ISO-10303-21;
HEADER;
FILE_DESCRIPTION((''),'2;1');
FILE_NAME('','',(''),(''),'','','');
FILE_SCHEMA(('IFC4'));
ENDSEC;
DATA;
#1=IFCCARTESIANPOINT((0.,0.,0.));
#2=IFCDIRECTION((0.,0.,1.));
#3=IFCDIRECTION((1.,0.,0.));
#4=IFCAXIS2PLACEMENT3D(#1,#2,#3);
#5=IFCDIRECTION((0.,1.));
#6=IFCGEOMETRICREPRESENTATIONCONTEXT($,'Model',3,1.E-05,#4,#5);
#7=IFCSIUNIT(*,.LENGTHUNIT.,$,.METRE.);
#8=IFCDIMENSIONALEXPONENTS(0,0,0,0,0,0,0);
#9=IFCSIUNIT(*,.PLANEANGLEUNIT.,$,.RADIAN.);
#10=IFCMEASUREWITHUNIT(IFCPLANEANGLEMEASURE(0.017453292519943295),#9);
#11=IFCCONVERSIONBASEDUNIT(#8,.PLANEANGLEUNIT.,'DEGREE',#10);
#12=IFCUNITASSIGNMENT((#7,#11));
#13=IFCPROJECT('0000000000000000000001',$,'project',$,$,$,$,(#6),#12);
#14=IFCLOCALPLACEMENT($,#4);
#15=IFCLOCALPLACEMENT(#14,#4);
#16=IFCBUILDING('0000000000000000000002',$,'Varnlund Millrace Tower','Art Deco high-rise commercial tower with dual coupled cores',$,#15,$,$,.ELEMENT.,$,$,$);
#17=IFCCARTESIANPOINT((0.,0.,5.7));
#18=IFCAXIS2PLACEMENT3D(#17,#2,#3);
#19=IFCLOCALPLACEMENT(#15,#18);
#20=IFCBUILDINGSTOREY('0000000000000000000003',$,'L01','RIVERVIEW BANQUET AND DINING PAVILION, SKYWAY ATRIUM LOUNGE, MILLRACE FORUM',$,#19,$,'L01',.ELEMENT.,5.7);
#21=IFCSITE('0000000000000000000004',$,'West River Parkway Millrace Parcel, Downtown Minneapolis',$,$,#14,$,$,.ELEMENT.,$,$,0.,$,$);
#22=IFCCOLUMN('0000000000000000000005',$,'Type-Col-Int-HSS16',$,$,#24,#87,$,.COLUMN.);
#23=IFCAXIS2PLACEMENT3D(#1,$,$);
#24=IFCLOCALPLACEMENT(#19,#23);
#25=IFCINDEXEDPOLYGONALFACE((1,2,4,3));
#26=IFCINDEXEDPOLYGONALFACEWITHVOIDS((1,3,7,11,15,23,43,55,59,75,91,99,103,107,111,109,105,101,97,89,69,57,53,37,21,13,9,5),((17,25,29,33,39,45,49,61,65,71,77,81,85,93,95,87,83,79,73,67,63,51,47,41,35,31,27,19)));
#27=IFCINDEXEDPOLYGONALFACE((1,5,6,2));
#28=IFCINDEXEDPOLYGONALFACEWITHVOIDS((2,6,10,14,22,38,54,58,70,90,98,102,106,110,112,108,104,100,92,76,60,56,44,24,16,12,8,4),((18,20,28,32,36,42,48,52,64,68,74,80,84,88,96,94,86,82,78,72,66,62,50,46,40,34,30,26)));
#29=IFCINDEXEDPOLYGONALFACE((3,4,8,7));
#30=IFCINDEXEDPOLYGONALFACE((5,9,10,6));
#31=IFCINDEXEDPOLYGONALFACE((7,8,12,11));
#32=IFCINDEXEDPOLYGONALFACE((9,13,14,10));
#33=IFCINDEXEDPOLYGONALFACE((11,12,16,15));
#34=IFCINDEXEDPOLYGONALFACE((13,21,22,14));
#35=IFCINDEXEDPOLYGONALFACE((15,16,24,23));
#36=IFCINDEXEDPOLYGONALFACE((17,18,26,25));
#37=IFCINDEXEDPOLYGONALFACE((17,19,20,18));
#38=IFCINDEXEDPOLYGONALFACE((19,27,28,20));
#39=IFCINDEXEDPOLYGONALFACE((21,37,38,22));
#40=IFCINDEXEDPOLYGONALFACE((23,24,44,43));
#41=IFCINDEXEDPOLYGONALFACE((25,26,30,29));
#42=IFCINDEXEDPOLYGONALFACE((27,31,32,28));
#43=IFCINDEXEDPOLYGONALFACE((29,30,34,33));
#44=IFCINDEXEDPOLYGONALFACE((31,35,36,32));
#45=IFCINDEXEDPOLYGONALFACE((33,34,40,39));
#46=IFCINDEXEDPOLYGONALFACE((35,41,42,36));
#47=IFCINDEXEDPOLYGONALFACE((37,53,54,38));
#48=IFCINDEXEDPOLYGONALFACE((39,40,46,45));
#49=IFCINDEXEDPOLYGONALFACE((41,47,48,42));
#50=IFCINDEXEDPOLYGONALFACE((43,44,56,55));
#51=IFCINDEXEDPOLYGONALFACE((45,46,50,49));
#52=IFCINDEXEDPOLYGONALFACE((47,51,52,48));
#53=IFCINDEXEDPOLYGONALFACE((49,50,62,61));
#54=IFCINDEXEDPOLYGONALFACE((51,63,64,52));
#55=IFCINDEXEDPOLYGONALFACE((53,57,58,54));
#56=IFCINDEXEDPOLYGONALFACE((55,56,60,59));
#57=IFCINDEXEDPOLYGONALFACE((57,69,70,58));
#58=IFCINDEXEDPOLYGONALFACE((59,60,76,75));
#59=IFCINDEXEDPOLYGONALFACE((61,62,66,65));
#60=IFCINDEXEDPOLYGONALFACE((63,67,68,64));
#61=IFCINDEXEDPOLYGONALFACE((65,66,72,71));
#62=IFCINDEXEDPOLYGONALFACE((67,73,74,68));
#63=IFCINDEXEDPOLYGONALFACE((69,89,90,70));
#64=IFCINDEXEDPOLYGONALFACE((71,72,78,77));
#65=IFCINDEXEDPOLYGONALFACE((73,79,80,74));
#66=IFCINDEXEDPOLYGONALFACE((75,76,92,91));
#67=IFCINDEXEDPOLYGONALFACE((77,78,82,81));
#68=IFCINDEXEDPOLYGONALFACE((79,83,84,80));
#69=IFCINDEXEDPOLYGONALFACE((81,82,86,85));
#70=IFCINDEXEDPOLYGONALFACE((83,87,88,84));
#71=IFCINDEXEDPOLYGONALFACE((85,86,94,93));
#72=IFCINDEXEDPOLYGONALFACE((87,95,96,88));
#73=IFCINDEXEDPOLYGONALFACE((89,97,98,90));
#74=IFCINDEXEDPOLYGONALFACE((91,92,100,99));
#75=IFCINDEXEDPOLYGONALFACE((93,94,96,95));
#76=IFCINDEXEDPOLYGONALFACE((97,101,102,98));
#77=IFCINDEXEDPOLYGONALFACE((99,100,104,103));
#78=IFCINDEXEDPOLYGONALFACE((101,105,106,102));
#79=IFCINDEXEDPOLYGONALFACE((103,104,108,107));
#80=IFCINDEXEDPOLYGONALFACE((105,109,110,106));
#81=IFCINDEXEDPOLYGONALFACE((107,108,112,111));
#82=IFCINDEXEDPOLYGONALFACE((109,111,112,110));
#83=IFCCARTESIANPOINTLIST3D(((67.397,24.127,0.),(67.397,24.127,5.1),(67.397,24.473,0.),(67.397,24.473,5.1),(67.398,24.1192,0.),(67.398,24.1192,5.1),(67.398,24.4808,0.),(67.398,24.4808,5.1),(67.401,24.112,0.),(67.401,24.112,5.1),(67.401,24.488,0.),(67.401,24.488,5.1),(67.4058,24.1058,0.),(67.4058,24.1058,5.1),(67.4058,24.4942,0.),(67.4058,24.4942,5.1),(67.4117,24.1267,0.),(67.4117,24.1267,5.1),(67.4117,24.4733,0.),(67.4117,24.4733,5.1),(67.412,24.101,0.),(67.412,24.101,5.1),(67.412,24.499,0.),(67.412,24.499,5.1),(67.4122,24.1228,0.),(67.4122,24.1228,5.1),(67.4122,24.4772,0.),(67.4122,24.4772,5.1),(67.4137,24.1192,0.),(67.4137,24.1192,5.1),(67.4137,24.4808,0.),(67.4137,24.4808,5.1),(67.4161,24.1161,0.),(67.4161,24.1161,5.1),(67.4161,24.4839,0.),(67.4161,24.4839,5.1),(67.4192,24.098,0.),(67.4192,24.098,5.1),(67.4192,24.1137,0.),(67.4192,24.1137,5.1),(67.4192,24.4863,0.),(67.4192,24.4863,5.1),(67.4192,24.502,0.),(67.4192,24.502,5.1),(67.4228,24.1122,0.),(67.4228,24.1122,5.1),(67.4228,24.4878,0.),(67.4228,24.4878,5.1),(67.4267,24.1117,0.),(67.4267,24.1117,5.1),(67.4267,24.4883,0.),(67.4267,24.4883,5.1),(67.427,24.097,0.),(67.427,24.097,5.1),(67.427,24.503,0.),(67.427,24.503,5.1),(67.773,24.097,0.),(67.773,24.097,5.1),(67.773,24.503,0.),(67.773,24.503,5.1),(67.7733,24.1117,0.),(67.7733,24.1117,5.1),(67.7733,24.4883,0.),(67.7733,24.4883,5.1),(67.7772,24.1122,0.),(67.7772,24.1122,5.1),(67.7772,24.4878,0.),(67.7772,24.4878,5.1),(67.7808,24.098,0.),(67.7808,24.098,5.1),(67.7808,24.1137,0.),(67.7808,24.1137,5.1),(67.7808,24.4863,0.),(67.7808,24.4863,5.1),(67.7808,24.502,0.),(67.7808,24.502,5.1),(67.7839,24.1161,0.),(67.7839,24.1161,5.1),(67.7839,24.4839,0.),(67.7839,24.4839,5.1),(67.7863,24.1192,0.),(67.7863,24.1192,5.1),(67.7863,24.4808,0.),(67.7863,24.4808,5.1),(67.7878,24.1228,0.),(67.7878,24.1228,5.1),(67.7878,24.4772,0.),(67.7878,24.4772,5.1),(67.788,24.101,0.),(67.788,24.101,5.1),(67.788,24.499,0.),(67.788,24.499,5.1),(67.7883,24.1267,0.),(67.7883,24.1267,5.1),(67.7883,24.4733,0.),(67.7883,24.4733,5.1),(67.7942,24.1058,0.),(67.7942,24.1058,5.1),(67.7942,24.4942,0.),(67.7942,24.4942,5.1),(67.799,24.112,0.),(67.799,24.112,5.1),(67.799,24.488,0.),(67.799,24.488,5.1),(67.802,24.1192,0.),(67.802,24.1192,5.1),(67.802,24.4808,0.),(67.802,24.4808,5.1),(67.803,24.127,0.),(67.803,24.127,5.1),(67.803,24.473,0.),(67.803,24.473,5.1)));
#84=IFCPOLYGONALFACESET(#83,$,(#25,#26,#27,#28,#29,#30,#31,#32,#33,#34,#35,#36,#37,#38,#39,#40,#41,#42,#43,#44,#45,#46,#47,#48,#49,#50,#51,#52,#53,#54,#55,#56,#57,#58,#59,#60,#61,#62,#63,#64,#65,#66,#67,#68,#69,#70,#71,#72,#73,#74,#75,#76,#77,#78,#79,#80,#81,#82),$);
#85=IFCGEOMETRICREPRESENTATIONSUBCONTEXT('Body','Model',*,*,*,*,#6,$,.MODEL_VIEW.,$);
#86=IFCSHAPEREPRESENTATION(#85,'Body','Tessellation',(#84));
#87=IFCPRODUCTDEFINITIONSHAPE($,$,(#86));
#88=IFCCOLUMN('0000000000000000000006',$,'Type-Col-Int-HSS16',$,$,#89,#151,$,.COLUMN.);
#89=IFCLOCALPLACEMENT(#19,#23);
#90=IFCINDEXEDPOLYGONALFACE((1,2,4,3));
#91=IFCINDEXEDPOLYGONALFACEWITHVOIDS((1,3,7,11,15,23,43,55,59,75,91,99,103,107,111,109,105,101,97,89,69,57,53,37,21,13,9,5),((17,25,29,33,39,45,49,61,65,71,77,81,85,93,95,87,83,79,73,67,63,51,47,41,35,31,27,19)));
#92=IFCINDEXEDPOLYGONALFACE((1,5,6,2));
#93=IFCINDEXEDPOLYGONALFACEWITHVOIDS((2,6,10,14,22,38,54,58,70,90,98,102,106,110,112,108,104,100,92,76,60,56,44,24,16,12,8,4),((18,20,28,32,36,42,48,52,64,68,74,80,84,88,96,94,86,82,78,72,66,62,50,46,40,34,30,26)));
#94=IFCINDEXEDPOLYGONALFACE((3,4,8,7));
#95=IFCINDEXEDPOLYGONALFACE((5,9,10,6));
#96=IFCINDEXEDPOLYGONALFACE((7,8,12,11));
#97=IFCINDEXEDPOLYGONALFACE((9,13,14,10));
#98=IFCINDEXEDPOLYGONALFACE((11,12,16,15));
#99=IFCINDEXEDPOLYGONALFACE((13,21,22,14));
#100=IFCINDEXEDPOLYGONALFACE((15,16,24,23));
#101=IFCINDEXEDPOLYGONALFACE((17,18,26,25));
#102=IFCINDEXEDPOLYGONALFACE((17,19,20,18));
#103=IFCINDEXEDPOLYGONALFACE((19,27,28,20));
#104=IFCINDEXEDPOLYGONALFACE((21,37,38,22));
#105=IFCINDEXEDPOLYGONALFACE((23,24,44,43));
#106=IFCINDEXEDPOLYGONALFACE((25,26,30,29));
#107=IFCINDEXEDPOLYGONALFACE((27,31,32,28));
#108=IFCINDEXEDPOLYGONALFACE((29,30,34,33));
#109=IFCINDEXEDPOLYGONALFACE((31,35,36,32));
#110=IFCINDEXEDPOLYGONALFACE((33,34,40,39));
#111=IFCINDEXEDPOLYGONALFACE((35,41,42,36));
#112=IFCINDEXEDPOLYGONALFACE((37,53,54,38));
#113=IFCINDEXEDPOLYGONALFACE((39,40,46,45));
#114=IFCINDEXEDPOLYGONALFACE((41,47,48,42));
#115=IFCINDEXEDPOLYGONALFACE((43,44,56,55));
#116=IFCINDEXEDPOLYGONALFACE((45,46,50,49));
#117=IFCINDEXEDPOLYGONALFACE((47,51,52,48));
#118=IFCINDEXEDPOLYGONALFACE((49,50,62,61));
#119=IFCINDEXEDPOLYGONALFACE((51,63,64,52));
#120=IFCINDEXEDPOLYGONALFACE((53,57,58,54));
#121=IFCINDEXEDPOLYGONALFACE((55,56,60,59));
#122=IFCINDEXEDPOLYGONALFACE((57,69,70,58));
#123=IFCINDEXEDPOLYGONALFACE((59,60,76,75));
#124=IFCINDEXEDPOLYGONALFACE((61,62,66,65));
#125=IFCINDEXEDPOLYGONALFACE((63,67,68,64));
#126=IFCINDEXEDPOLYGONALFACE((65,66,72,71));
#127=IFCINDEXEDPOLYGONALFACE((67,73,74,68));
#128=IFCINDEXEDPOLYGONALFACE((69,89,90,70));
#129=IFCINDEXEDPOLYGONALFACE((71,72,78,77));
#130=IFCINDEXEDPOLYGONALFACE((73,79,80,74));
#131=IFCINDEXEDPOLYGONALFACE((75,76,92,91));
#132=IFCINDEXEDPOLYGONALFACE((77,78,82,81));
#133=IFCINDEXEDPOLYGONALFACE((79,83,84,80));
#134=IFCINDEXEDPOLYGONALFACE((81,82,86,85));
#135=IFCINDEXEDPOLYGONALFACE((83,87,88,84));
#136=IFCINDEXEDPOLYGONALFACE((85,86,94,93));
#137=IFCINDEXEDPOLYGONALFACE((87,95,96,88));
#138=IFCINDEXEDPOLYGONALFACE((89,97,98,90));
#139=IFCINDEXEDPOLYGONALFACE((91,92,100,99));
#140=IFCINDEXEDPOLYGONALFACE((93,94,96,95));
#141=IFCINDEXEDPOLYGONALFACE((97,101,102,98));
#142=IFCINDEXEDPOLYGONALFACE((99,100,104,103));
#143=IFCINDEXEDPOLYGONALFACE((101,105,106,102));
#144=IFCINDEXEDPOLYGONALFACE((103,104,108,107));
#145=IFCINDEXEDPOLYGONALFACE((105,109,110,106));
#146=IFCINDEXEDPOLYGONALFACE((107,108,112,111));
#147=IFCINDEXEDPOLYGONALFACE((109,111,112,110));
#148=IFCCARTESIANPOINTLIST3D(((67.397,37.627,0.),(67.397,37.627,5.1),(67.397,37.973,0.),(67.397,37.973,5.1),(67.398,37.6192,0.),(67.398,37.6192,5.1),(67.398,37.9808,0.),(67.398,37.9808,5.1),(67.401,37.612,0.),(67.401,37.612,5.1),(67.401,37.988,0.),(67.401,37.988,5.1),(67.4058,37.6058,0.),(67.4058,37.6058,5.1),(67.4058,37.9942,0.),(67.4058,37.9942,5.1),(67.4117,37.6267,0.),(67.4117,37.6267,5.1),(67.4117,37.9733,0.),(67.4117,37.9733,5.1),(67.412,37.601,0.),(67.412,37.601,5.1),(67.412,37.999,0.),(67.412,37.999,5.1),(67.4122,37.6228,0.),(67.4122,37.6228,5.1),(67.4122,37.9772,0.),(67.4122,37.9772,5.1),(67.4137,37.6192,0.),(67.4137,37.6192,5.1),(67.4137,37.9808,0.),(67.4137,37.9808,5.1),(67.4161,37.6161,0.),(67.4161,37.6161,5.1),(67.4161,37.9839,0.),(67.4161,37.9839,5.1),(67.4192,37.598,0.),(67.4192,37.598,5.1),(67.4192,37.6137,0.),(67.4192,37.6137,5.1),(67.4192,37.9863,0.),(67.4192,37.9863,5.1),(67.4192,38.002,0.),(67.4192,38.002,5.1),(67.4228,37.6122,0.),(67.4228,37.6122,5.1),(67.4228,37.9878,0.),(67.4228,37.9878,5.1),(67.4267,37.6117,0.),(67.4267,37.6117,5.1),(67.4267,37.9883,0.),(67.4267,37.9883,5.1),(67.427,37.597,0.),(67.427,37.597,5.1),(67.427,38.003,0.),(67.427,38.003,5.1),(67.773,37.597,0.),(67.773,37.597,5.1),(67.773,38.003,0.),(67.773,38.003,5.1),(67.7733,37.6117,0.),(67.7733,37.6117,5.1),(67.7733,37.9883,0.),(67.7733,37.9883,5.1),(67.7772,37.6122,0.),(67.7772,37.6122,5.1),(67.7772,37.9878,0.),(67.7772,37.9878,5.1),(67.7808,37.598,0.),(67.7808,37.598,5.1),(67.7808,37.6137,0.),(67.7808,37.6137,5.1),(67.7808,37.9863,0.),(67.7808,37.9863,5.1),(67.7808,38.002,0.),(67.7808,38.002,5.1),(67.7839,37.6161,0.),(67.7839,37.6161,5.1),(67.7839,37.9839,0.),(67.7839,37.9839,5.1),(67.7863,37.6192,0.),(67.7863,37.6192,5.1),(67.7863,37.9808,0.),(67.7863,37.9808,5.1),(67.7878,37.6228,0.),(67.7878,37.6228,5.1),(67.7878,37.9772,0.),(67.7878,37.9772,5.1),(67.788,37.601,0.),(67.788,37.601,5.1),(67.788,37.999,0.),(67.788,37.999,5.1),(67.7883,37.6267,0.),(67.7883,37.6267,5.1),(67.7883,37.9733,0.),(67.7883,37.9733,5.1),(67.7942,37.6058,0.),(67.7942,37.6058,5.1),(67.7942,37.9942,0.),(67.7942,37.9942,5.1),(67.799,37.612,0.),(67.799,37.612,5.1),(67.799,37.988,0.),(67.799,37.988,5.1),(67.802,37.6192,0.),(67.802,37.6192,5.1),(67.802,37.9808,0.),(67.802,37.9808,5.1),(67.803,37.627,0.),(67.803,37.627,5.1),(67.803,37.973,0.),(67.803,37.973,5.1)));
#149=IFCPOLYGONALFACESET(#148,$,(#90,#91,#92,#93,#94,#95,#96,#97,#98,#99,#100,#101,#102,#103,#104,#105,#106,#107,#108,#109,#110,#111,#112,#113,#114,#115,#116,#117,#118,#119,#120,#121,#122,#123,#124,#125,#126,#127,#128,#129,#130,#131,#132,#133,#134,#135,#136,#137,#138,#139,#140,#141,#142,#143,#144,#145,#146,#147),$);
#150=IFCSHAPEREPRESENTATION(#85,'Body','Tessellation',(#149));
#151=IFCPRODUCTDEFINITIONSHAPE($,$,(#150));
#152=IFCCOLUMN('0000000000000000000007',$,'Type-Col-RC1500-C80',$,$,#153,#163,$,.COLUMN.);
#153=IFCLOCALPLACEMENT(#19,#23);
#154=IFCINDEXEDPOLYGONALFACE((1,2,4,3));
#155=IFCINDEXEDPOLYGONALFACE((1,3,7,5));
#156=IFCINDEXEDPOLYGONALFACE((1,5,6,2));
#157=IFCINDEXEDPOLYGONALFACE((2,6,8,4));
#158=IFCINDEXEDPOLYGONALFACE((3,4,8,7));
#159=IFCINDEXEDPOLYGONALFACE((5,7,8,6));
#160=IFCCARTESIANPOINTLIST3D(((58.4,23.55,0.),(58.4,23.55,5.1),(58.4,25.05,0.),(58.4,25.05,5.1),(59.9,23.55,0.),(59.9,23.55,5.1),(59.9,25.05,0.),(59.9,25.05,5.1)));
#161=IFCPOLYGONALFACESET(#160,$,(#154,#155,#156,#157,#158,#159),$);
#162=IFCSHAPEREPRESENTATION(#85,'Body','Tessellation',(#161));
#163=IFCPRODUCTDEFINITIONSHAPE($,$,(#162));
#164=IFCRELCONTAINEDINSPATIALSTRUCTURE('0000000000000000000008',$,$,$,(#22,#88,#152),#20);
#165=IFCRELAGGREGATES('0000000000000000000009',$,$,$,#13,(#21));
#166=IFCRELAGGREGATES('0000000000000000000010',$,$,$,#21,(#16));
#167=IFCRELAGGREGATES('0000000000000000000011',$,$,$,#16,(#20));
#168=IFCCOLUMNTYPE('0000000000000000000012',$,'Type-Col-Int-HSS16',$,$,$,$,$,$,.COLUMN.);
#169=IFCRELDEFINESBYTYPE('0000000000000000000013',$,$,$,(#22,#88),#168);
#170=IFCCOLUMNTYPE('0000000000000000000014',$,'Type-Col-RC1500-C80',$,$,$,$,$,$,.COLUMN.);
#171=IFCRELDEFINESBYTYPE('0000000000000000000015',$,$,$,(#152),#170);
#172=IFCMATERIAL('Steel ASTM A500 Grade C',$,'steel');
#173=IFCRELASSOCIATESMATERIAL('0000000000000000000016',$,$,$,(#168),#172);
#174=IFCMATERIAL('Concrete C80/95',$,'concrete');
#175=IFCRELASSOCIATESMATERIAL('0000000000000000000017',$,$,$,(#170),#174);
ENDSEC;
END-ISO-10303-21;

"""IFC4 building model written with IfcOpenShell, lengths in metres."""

from ifc_helpers import new_model, entity, si_unit, converted_unit, direction, frame, origin_with_axes, origin_2d_with_axis, place, context, subcontext, project, spatial, rectangle, hollow_rectangle, extrude, material, material_profile, profile_set, type_object, element, save


model = new_model("IFC4")

# Units and contexts
model_context = context("Model", 3, precision=1e-05, world=origin_with_axes(), true_north=direction((0.0, 1.0)))
body_context = subcontext(model_context, "Body", "Model", "MODEL_VIEW")
ifc_project = project(units=[si_unit("LENGTHUNIT", "METRE"), converted_unit("PLANEANGLEUNIT", "DEGREE", entity("IfcPlaneAngleMeasure", 0.017453292519943295), si_unit("PLANEANGLEUNIT", "RADIAN"), dimensions=[0, 0, 0, 0, 0, 0, 0])], contexts=[model_context])

# Site, building, storey
site_placement = place(None, origin_with_axes())
site = spatial("IfcSite", under=ifc_project, at=site_placement, Name="West River Parkway Millrace Parcel, Downtown Minneapolis", CompositionType="ELEMENT", RefElevation=0.0)
building_placement = place(site_placement, origin_with_axes())
building = spatial("IfcBuilding", under=site, at=building_placement, Name="Varnlund Millrace Tower", Description="Art Deco high-rise commercial tower with dual coupled cores", CompositionType="ELEMENT")
storey_placement = place(building_placement, frame((0.0, 0.0, 5.7), z_axis=(0.0, 0.0, 1.0), x_axis=(1.0, 0.0, 0.0)))
storey = spatial("IfcBuildingStorey", under=building, at=storey_placement, Name="L01", Description="RIVERVIEW BANQUET AND DINING PAVILION, SKYWAY ATRIUM LOUNGE, MILLRACE FORUM", LongName="L01", CompositionType="ELEMENT", Elevation=5.7)

# Columns
ifc_material_1 = material(Name="Steel ASTM A500 Grade C", Category="steel")
ifc_material_profile_1 = material_profile(ifc_material_1, hollow_rectangle(XDim=0.406, YDim=0.406, WallThickness=0.0147, InnerFilletRadius=0.015, OuterFilletRadius=0.03, at=origin_2d_with_axis()), Name="Steel ASTM A500 Grade C")
ifc_profile_set_1 = profile_set([ifc_material_profile_1], Name="Steel ASTM A500 Grade C")
column_type_1 = type_object("IfcColumnType", Name="Type-Col-Int-HSS16", PredefinedType="COLUMN", material=ifc_profile_set_1)
for number, where, z_axis, x_axis, name in (
    (1, (67.6, 24.3, 0.0), (0.0, 0.0, 1.0), (1.0, 0.0, 0.0), "Type-Col-Int-HSS16"),
    (2, (67.6, 37.8, 0.0), (0.0, 0.0, 1.0), (1.0, 0.0, 0.0), "Type-Col-Int-HSS16"),
):
    element("IfcColumn", number, at=place(storey_placement, frame(where, z_axis=z_axis, x_axis=x_axis)), inside=storey, type_object=column_type_1, Name=name, PredefinedType="COLUMN", context=body_context, shape_type="SweptSolid", body=[
        extrude(hollow_rectangle(XDim=0.406, YDim=0.406, WallThickness=0.0147, InnerFilletRadius=0.015, OuterFilletRadius=0.03, at=origin_2d_with_axis()), origin_with_axes(), (0.0, 0.0, 1.0), 5.1),
    ])
ifc_material_2 = material(Name="Concrete C80/95", Category="concrete")
ifc_material_profile_2 = material_profile(ifc_material_2, rectangle(XDim=1.5, YDim=1.5, at=origin_2d_with_axis()), Name="Concrete C80/95")
ifc_profile_set_2 = profile_set([ifc_material_profile_2], Name="Concrete C80/95")
column_type_2 = type_object("IfcColumnType", Name="Type-Col-RC1500-C80", PredefinedType="COLUMN", material=ifc_profile_set_2)
column_placement = place(storey_placement, frame((59.15, 24.3, 0.0), z_axis=(0.0, 0.0, 1.0), x_axis=(1.0, 0.0, 0.0)))
element("IfcColumn", 3, at=column_placement, inside=storey, type_object=column_type_2, Name="Type-Col-RC1500-C80", PredefinedType="COLUMN", context=body_context, shape_type="SweptSolid", body=[
    extrude(rectangle(XDim=1.5, YDim=1.5, at=origin_2d_with_axis()), origin_with_axes(), (0.0, 0.0, 1.0), 5.1),
])

save(model, "model.ifc")
